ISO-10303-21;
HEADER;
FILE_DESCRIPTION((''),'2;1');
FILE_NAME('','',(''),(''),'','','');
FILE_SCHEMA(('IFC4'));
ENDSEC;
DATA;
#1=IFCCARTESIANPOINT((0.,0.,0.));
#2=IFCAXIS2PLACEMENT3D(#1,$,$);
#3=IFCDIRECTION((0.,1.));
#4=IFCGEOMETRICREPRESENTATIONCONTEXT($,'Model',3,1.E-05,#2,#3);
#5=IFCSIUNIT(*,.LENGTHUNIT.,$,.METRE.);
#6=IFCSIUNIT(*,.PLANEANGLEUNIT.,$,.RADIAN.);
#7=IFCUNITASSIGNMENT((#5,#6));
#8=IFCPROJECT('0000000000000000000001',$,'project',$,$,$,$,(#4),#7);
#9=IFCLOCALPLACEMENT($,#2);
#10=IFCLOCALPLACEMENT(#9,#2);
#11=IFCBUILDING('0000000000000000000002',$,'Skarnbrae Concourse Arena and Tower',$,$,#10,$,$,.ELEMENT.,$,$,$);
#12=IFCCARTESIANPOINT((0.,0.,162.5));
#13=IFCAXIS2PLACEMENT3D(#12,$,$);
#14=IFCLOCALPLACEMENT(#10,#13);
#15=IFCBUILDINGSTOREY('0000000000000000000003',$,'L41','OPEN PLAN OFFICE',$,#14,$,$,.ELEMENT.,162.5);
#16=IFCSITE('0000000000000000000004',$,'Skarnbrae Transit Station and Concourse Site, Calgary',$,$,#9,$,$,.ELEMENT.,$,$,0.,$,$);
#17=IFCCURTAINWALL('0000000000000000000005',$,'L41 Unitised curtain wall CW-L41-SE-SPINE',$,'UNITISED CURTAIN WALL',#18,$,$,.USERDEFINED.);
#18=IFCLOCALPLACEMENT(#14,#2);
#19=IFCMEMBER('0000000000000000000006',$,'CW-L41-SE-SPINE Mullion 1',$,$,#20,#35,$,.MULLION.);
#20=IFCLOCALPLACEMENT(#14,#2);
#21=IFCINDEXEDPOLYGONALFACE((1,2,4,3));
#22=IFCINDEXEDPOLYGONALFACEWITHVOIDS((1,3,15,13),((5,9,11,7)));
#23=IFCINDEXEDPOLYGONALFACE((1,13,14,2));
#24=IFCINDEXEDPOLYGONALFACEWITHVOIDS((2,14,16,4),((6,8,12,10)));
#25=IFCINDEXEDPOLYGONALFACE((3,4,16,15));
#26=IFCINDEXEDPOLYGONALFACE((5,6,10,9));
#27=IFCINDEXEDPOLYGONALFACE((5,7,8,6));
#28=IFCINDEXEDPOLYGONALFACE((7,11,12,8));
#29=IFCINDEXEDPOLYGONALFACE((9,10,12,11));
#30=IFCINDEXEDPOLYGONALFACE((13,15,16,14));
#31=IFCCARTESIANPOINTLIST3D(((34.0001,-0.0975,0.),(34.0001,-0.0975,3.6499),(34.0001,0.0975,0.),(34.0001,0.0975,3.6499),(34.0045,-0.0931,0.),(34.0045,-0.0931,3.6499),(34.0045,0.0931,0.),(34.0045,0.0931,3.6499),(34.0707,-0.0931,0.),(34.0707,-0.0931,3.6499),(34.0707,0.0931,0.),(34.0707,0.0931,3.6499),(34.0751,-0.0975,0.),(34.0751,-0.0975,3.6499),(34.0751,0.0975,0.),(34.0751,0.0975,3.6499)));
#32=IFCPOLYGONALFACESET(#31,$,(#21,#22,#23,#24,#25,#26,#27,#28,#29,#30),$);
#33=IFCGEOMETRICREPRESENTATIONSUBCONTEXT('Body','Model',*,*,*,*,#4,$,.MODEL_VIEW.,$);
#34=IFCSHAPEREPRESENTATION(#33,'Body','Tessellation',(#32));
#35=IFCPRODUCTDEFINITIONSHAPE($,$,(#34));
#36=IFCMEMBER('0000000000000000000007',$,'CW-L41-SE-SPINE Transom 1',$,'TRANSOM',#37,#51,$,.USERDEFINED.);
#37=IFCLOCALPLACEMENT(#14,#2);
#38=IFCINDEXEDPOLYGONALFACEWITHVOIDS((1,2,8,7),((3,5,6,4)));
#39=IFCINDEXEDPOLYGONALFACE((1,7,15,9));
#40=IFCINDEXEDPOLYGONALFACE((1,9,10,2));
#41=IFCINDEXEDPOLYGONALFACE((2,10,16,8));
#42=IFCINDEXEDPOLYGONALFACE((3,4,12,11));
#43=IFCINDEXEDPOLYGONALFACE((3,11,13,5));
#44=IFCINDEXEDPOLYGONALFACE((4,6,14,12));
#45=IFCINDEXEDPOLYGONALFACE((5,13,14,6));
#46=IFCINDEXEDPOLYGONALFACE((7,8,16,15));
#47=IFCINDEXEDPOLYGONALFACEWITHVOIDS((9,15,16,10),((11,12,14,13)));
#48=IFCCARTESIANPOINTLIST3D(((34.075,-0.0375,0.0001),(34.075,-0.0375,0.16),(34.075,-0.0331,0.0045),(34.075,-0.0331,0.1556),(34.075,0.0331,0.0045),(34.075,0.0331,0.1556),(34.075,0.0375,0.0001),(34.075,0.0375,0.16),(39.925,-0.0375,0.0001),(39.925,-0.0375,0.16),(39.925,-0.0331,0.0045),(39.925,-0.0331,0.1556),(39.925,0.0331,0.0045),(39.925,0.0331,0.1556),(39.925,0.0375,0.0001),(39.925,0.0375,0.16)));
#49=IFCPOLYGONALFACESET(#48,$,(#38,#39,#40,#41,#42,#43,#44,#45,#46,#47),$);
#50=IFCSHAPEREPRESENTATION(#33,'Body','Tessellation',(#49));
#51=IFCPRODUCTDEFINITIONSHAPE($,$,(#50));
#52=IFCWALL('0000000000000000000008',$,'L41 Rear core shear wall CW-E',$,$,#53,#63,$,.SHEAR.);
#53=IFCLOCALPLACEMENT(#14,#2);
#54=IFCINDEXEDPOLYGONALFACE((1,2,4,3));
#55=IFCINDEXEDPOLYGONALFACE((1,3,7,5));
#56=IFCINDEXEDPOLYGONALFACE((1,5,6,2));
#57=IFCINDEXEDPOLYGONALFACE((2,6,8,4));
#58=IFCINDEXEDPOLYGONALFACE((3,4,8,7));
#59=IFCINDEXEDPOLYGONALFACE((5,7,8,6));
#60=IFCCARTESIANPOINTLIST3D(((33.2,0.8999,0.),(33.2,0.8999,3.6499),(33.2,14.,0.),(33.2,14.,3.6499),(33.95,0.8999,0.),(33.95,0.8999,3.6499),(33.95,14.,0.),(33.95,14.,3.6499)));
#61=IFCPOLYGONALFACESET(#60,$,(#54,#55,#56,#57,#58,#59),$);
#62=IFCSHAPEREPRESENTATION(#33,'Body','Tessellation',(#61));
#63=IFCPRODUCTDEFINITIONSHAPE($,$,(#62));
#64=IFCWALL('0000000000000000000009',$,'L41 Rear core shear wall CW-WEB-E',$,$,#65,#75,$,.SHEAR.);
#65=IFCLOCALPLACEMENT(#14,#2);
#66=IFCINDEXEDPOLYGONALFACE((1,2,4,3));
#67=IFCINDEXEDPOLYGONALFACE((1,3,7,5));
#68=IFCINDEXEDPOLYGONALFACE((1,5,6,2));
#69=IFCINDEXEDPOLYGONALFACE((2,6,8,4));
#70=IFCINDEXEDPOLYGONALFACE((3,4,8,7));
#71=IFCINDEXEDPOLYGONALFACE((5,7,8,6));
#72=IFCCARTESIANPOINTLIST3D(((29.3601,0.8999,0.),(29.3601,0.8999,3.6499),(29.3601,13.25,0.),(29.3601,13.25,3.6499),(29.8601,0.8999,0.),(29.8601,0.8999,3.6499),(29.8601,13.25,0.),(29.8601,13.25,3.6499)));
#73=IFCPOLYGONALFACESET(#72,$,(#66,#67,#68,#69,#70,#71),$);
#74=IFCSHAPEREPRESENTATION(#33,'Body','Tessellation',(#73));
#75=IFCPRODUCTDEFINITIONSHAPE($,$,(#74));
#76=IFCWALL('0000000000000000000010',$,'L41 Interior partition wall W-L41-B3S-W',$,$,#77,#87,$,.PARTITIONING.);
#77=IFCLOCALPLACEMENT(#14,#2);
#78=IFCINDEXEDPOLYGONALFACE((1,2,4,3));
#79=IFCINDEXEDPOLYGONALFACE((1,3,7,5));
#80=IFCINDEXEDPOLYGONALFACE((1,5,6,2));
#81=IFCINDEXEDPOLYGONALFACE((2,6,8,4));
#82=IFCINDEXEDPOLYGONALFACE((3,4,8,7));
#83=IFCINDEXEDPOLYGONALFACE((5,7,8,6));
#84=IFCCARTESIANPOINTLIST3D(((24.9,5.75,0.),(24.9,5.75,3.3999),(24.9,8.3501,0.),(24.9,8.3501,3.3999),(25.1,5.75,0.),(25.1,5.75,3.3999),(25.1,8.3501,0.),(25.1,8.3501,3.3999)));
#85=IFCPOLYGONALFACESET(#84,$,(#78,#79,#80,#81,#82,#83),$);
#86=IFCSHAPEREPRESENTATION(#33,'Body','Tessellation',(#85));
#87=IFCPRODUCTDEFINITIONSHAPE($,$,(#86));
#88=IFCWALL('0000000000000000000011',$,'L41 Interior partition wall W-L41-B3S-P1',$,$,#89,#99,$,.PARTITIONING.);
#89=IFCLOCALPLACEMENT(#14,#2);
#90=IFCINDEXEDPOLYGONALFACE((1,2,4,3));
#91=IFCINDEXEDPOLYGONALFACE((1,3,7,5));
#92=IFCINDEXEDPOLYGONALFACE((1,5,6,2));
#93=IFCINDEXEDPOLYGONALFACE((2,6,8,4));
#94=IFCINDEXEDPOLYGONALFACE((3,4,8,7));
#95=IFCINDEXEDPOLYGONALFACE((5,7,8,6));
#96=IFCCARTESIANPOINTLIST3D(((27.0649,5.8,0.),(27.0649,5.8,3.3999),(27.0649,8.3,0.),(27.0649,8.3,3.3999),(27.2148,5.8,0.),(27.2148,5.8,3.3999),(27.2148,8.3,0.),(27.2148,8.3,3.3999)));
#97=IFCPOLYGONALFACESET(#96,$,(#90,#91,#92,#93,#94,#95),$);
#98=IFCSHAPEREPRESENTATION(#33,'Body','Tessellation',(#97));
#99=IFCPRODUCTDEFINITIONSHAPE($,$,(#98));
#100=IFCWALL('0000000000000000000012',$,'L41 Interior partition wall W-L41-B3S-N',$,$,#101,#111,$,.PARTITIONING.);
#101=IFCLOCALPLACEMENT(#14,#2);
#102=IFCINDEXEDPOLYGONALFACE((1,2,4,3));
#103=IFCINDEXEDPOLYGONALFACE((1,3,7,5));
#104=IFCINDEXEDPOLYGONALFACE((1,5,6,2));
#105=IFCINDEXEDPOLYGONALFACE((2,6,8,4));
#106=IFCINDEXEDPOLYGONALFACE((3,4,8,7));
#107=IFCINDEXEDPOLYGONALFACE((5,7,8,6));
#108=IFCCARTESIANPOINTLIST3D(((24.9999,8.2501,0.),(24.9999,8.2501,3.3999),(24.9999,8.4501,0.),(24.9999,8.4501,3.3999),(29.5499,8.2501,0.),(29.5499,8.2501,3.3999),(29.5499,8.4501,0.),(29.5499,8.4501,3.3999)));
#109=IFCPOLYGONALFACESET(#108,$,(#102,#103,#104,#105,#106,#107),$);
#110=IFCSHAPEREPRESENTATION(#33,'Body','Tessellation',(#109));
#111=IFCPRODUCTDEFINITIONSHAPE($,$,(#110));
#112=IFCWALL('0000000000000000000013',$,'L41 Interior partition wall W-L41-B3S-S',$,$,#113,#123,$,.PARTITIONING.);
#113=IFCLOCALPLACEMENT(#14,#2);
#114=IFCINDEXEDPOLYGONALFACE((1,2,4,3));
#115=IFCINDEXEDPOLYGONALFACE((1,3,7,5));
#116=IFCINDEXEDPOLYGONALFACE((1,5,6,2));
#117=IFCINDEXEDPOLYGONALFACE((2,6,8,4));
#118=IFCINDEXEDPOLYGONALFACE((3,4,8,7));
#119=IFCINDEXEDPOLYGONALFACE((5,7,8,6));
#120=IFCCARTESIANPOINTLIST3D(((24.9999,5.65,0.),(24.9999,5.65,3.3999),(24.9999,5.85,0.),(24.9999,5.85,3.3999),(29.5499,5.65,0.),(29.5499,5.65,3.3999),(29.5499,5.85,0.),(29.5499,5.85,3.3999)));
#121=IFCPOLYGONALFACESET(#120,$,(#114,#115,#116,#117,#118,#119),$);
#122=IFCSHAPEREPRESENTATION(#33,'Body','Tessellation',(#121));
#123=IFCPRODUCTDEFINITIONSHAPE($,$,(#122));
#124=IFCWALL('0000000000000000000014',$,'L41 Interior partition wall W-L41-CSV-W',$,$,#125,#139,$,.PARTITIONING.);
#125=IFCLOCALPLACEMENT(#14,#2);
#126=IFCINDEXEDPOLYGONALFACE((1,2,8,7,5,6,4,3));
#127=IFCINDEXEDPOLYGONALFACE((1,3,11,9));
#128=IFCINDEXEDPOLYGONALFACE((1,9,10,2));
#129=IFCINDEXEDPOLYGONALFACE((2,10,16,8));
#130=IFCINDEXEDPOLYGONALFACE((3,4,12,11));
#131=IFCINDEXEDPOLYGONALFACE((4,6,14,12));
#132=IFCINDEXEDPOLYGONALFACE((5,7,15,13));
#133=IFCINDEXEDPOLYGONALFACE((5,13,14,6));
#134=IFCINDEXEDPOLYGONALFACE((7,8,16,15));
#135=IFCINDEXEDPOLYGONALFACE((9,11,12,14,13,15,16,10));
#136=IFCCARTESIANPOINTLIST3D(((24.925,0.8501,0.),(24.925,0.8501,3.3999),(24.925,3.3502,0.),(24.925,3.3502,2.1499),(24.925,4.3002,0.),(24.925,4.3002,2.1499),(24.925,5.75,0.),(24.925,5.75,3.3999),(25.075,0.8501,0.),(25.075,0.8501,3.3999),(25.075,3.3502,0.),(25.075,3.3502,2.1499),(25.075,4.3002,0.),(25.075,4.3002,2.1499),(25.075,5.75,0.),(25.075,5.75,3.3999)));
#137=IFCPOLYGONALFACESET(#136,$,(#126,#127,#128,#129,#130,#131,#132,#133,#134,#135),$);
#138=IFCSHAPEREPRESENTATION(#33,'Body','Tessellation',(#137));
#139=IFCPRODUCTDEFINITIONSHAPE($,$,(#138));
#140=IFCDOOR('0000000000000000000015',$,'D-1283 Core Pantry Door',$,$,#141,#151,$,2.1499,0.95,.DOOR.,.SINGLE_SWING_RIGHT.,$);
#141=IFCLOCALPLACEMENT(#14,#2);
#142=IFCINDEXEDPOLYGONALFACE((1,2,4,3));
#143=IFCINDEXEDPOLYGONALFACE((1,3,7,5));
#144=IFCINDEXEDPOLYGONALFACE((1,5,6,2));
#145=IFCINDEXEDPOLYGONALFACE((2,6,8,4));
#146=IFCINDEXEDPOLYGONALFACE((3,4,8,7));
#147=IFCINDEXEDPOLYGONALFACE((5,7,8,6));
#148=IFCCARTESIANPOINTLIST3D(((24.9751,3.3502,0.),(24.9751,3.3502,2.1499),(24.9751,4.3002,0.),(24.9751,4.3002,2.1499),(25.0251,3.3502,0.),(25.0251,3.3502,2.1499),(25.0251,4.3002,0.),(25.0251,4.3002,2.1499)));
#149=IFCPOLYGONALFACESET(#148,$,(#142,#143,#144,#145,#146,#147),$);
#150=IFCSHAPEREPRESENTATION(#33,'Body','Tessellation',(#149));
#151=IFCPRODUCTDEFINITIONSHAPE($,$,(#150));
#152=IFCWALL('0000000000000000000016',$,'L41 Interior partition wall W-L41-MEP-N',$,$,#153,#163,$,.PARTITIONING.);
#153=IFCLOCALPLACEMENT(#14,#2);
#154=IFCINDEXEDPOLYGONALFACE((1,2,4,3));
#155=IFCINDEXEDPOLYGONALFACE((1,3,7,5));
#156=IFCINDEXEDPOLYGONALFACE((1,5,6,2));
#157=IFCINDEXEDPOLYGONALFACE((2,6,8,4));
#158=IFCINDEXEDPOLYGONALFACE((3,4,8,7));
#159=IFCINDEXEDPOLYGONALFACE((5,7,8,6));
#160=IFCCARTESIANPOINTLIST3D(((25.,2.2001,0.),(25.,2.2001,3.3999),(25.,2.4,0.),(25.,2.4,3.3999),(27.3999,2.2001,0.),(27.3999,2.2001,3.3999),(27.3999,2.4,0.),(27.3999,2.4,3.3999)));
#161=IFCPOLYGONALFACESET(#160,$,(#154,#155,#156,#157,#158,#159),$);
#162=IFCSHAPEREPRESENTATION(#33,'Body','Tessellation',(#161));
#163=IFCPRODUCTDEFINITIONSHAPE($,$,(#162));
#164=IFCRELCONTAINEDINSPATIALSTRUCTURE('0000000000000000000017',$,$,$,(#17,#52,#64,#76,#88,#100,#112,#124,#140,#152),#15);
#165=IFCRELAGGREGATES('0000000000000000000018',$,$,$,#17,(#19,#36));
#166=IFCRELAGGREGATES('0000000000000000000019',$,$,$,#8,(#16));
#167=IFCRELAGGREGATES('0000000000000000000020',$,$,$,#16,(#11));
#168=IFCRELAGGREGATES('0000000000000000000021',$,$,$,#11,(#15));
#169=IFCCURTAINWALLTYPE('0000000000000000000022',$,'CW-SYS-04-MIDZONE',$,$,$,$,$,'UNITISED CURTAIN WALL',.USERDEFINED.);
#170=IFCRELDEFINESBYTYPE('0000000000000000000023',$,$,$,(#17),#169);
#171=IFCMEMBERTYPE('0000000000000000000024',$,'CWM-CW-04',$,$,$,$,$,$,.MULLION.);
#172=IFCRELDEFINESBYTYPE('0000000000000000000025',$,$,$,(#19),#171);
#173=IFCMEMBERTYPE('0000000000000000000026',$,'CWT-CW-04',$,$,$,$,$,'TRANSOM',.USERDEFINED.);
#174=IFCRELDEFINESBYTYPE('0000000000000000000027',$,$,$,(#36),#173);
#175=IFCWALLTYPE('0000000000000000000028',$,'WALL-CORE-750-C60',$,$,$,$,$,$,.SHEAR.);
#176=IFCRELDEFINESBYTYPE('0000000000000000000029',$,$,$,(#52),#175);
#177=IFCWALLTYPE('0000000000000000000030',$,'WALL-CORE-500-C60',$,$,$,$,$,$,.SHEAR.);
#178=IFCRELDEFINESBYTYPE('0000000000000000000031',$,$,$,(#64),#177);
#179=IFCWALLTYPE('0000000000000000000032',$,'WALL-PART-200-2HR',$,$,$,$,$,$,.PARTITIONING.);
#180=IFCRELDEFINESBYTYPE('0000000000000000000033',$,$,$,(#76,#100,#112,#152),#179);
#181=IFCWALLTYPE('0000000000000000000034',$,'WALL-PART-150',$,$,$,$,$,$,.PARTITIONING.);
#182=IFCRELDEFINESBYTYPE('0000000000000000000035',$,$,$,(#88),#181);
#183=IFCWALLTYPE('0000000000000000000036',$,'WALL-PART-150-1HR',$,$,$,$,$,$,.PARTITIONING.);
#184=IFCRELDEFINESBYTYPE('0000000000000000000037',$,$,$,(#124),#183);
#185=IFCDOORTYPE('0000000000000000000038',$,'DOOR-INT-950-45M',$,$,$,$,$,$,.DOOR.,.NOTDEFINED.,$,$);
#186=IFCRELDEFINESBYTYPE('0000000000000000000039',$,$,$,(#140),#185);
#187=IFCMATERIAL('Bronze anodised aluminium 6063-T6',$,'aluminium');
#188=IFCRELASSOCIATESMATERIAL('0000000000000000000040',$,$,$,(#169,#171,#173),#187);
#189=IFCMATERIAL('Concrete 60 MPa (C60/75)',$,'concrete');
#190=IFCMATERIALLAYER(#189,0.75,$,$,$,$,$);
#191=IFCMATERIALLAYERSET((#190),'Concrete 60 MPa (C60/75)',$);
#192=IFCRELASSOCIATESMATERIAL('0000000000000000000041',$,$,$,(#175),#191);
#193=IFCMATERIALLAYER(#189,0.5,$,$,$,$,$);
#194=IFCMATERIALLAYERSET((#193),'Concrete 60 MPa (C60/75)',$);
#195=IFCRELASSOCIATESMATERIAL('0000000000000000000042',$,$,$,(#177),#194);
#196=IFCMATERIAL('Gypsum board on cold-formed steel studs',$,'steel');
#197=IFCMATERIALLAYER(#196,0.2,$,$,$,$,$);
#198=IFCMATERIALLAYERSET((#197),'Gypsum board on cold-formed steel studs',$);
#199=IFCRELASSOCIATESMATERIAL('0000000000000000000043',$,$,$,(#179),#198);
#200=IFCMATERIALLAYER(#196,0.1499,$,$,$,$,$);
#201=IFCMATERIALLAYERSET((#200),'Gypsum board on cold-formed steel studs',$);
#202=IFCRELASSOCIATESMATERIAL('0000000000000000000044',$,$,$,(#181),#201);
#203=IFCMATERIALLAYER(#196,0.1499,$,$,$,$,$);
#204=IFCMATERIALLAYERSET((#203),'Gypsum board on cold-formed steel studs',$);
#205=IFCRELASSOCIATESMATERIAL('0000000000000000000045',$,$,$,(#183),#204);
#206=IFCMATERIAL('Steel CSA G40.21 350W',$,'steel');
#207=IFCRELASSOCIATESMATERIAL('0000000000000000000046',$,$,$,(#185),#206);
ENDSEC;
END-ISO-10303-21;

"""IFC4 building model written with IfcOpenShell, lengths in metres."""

from ifc_helpers import new_model, si_unit, direction, frame, frame_2d, origin, origin_2d, place, context, subcontext, project, spatial, rectangle, hollow_rectangle, extrude, source, transform, mapped, material, layer, layer_set, material_profile, profile_set, type_object, element, fill, aggregate, save


model = new_model("IFC4")

# Units and contexts
model_context = context("Model", 3, precision=1e-05, world=origin(), true_north=direction((0.0, 1.0)))
body_context = subcontext(model_context, "Body", "Model", "MODEL_VIEW")
ifc_project = project(units=[si_unit("LENGTHUNIT", "METRE"), si_unit("PLANEANGLEUNIT", "RADIAN")], contexts=[model_context])

# Site, building, storey
site_placement = place(None, origin())
site = spatial("IfcSite", under=ifc_project, at=site_placement, Name="Skarnbrae Transit Station and Concourse Site, Calgary", CompositionType="ELEMENT", RefElevation=0.0)
building_placement = place(site_placement, origin())
building = spatial("IfcBuilding", under=site, at=building_placement, Name="Skarnbrae Concourse Arena and Tower", CompositionType="ELEMENT")
storey_placement = place(building_placement, frame((0.0, 0.0, 162.5)))
storey = spatial("IfcBuildingStorey", under=building, at=storey_placement, Name="L41", Description="OPEN PLAN OFFICE", CompositionType="ELEMENT", Elevation=162.5)

# Curtain wall, members
ifc_material_1 = material(Name="Bronze anodised aluminium 6063-T6", Category="aluminium")
curtain_wall_type = type_object("IfcCurtainWallType", Name="CW-SYS-04-MIDZONE", ElementType="UNITISED CURTAIN WALL", PredefinedType="USERDEFINED", material=ifc_material_1)
curtain_wall_placement = place(storey_placement, origin())
curtain_wall = element("IfcCurtainWall", 1, at=curtain_wall_placement, inside=storey, type_object=curtain_wall_type, Name="L41 Unitised curtain wall CW-L41-SE-SPINE", ObjectType="UNITISED CURTAIN WALL", PredefinedType="USERDEFINED")
ifc_material_profile_1 = material_profile(ifc_material_1, hollow_rectangle(XDim=0.075, YDim=0.1951, WallThickness=0.0044, at=origin_2d()), Name="ALU-MULL-75X195")
ifc_profile_set_1 = profile_set([ifc_material_profile_1], Name="Bronze anodised aluminium 6063-T6")
member_type_1 = type_object("IfcMemberType", Name="CWM-CW-04", PredefinedType="MULLION", material=ifc_profile_set_1)
shared_shape_1 = source(origin(), body_context, "Body", "SweptSolid", [
    extrude(hollow_rectangle(XDim=0.075, YDim=0.1951, WallThickness=0.0044, at=origin_2d()), origin(), (0.0, 0.0, 1.0), 3.6499),
])
member_1_placement = place(storey_placement, frame((34.0376, 0.0, 0.0), z_axis=(0.0, 0.0, 1.0), x_axis=(1.0, 0.0, 0.0)))
member_1 = element("IfcMember", 2, at=member_1_placement, type_object=member_type_1, Name="CW-L41-SE-SPINE Mullion 1", PredefinedType="MULLION", context=body_context, shape_type="MappedRepresentation", body=[
    mapped(shared_shape_1, transform((0.0, 0.0, 0.0))),
])
ifc_material_profile_2 = material_profile(ifc_material_1, hollow_rectangle(XDim=0.075, YDim=0.1599, WallThickness=0.0044, at=origin_2d()), Name="ALU-TRAN-75X160")
ifc_profile_set_2 = profile_set([ifc_material_profile_2], Name="Bronze anodised aluminium 6063-T6")
member_type_2 = type_object("IfcMemberType", Name="CWT-CW-04", ElementType="TRANSOM", PredefinedType="USERDEFINED", material=ifc_profile_set_2)
shared_shape_2 = source(origin(), body_context, "Body", "SweptSolid", [
    extrude(hollow_rectangle(XDim=0.075, YDim=0.1599, WallThickness=0.0044, at=origin_2d()), origin(), (0.0, 0.0, 1.0), 5.8501),
])
member_2_placement = place(storey_placement, frame((34.075, 0.0, 0.0801), z_axis=(1.0, 0.0, 0.0), x_axis=(0.0, 1.0, 0.0)))
member_2 = element("IfcMember", 3, at=member_2_placement, type_object=member_type_2, Name="CW-L41-SE-SPINE Transom 1", ObjectType="TRANSOM", PredefinedType="USERDEFINED", context=body_context, shape_type="MappedRepresentation", body=[
    mapped(shared_shape_2, transform((0.0, 0.0, 0.0))),
])
aggregate(curtain_wall, [member_1, member_2])

# Walls
ifc_material_2 = material(Name="Concrete 60 MPa (C60/75)", Category="concrete")
ifc_layer_1 = layer(ifc_material_2, 0.75)
ifc_layer_set_1 = layer_set([ifc_layer_1], Name="Concrete 60 MPa (C60/75)")
wall_type_1 = type_object("IfcWallType", Name="WALL-CORE-750-C60", PredefinedType="SHEAR", material=ifc_layer_set_1)
shared_shape_3 = source(origin(), body_context, "Body", "SweptSolid", [
    extrude(rectangle(XDim=13.1001, YDim=0.75, at=frame_2d((6.55, 0.0))), origin(), (0.0, 0.0, 1.0), 3.6499),
])
wall_1_placement = place(storey_placement, frame((33.575, 0.8999, 0.0), z_axis=(0.0, 0.0, 1.0), x_axis=(0.0, 1.0, 0.0)))
element("IfcWall", 4, at=wall_1_placement, inside=storey, type_object=wall_type_1, Name="L41 Rear core shear wall CW-E", PredefinedType="SHEAR", context=body_context, shape_type="MappedRepresentation", body=[
    mapped(shared_shape_3, transform((0.0, 0.0, 0.0))),
])
ifc_layer_2 = layer(ifc_material_2, 0.5)
ifc_layer_set_2 = layer_set([ifc_layer_2], Name="Concrete 60 MPa (C60/75)")
wall_type_2 = type_object("IfcWallType", Name="WALL-CORE-500-C60", PredefinedType="SHEAR", material=ifc_layer_set_2)
shared_shape_4 = source(origin(), body_context, "Body", "SweptSolid", [
    extrude(rectangle(XDim=12.3501, YDim=0.5, at=frame_2d((6.175, 0.0))), origin(), (0.0, 0.0, 1.0), 3.6499),
])
wall_2_placement = place(storey_placement, frame((29.6101, 0.8999, 0.0), z_axis=(0.0, 0.0, 1.0), x_axis=(0.0, 1.0, 0.0)))
element("IfcWall", 5, at=wall_2_placement, inside=storey, type_object=wall_type_2, Name="L41 Rear core shear wall CW-WEB-E", PredefinedType="SHEAR", context=body_context, shape_type="MappedRepresentation", body=[
    mapped(shared_shape_4, transform((0.0, 0.0, 0.0))),
])
ifc_material_3 = material(Name="Gypsum board on cold-formed steel studs", Category="steel")
ifc_layer_3 = layer(ifc_material_3, 0.2)
ifc_layer_set_3 = layer_set([ifc_layer_3], Name="Gypsum board on cold-formed steel studs")
wall_type_3 = type_object("IfcWallType", Name="WALL-PART-200-2HR", PredefinedType="PARTITIONING", material=ifc_layer_set_3)
shared_shape_5 = source(origin(), body_context, "Body", "SweptSolid", [
    extrude(rectangle(XDim=2.6001, YDim=0.2, at=frame_2d((1.3, 0.0))), origin(), (0.0, 0.0, 1.0), 3.3999),
])
wall_3_placement = place(storey_placement, frame((25.0, 5.75, 0.0), z_axis=(0.0, 0.0, 1.0), x_axis=(0.0, 1.0, 0.0)))
element("IfcWall", 6, at=wall_3_placement, inside=storey, type_object=wall_type_3, Name="L41 Interior partition wall W-L41-B3S-W", PredefinedType="PARTITIONING", context=body_context, shape_type="MappedRepresentation", body=[
    mapped(shared_shape_5, transform((0.0, 0.0, 0.0))),
])
ifc_layer_4 = layer(ifc_material_3, 0.1499)
ifc_layer_set_4 = layer_set([ifc_layer_4], Name="Gypsum board on cold-formed steel studs")
wall_type_4 = type_object("IfcWallType", Name="WALL-PART-150", PredefinedType="PARTITIONING", material=ifc_layer_set_4)
shared_shape_6 = source(origin(), body_context, "Body", "SweptSolid", [
    extrude(rectangle(XDim=2.5, YDim=0.1499, at=frame_2d((1.25, 0.0))), origin(), (0.0, 0.0, 1.0), 3.3999),
])
wall_4_placement = place(storey_placement, frame((27.1399, 5.8, 0.0), z_axis=(0.0, 0.0, 1.0), x_axis=(0.0, 1.0, 0.0)))
element("IfcWall", 7, at=wall_4_placement, inside=storey, type_object=wall_type_4, Name="L41 Interior partition wall W-L41-B3S-P1", PredefinedType="PARTITIONING", context=body_context, shape_type="MappedRepresentation", body=[
    mapped(shared_shape_6, transform((0.0, 0.0, 0.0))),
])
shared_shape_7 = source(origin(), body_context, "Body", "SweptSolid", [
    extrude(rectangle(XDim=4.55, YDim=0.2, at=frame_2d((2.2749, 0.0))), origin(), (0.0, 0.0, 1.0), 3.3999),
])
for number, where, z_axis, x_axis, name in (
    (8, (25.0, 8.3501, 0.0), (0.0, 0.0, 1.0), (1.0, 0.0, 0.0), "L41 Interior partition wall W-L41-B3S-N"),
    (9, (25.0, 5.75, 0.0), (0.0, 0.0, 1.0), (1.0, 0.0, 0.0), "L41 Interior partition wall W-L41-B3S-S"),
):
    element("IfcWall", number, at=place(storey_placement, frame(where, z_axis=z_axis, x_axis=x_axis)), inside=storey, type_object=wall_type_3, Name=name, PredefinedType="PARTITIONING", context=body_context, shape_type="MappedRepresentation", body=[
        mapped(shared_shape_7, transform((0.0, 0.0, 0.0))),
    ])

# Wall, opening, door
ifc_layer_5 = layer(ifc_material_3, 0.1499)
ifc_layer_set_5 = layer_set([ifc_layer_5], Name="Gypsum board on cold-formed steel studs")
wall_type_5 = type_object("IfcWallType", Name="WALL-PART-150-1HR", PredefinedType="PARTITIONING", material=ifc_layer_set_5)
shared_shape_8 = source(origin(), body_context, "Body", "SweptSolid", [
    extrude(rectangle(XDim=4.8999, YDim=0.1499, at=frame_2d((2.45, 0.0))), origin(), (0.0, 0.0, 1.0), 3.3999),
])
wall_5_placement = place(storey_placement, frame((25.0, 0.8501, 0.0), z_axis=(0.0, 0.0, 1.0), x_axis=(0.0, 1.0, 0.0)))
wall_5 = element("IfcWall", 10, at=wall_5_placement, inside=storey, type_object=wall_type_5, Name="L41 Interior partition wall W-L41-CSV-W", PredefinedType="PARTITIONING", context=body_context, shape_type="MappedRepresentation", body=[
    mapped(shared_shape_8, transform((0.0, 0.0, 0.0))),
])
opening_1_placement = place(wall_5_placement, frame((2.5, 0.0, 0.0)))
opening_1 = element("IfcOpeningElement", 11, at=opening_1_placement, cuts=wall_5, PredefinedType="OPENING", context=body_context, shape_type="SweptSolid", body=[
    extrude(rectangle(XDim=0.95, YDim=2.1499, at=frame_2d((0.4751, 1.075))), frame((0.0, 0.085, 0.0), z_axis=(0.0, -1.0, 0.0), x_axis=(1.0, 0.0, 0.0)), (0.0, 0.0, 1.0), 0.1699),
])
ifc_material_4 = material(Name="Steel CSA G40.21 350W", Category="steel")
door_type_1 = type_object("IfcDoorType", Name="DOOR-INT-950-45M", OperationType="NOTDEFINED", PredefinedType="DOOR", material=ifc_material_4)
shared_shape_9 = source(origin(), body_context, "Body", "SweptSolid", [
    extrude(rectangle(XDim=0.95, YDim=2.1499, at=frame_2d((0.4751, 1.075))), frame((0.0, 0.0249, 0.0), z_axis=(0.0, -1.0, 0.0), x_axis=(1.0, 0.0, 0.0)), (0.0, 0.0, 1.0), 0.05),
])
door_1_placement = place(opening_1_placement, origin())
door_1 = element("IfcDoor", 12, at=door_1_placement, inside=storey, type_object=door_type_1, Name="D-1283 Core Pantry Door", OperationType="SINGLE_SWING_RIGHT", OverallHeight=2.1499, OverallWidth=0.95, PredefinedType="DOOR", context=body_context, shape_type="MappedRepresentation", body=[
    mapped(shared_shape_9, transform((0.0, 0.0, 0.0))),
])
fill(opening_1, door_1)

# Wall
shared_shape_10 = source(origin(), body_context, "Body", "SweptSolid", [
    extrude(rectangle(XDim=2.3999, YDim=0.2, at=frame_2d((1.2, 0.0))), origin(), (0.0, 0.0, 1.0), 3.3999),
])
wall_6_placement = place(storey_placement, frame((25.0, 2.3, 0.0), z_axis=(0.0, 0.0, 1.0), x_axis=(1.0, 0.0, 0.0)))
element("IfcWall", 13, at=wall_6_placement, inside=storey, type_object=wall_type_3, Name="L41 Interior partition wall W-L41-MEP-N", PredefinedType="PARTITIONING", context=body_context, shape_type="MappedRepresentation", body=[
    mapped(shared_shape_10, transform((0.0, 0.0, 0.0))),
])

save(model, "model.ifc")
